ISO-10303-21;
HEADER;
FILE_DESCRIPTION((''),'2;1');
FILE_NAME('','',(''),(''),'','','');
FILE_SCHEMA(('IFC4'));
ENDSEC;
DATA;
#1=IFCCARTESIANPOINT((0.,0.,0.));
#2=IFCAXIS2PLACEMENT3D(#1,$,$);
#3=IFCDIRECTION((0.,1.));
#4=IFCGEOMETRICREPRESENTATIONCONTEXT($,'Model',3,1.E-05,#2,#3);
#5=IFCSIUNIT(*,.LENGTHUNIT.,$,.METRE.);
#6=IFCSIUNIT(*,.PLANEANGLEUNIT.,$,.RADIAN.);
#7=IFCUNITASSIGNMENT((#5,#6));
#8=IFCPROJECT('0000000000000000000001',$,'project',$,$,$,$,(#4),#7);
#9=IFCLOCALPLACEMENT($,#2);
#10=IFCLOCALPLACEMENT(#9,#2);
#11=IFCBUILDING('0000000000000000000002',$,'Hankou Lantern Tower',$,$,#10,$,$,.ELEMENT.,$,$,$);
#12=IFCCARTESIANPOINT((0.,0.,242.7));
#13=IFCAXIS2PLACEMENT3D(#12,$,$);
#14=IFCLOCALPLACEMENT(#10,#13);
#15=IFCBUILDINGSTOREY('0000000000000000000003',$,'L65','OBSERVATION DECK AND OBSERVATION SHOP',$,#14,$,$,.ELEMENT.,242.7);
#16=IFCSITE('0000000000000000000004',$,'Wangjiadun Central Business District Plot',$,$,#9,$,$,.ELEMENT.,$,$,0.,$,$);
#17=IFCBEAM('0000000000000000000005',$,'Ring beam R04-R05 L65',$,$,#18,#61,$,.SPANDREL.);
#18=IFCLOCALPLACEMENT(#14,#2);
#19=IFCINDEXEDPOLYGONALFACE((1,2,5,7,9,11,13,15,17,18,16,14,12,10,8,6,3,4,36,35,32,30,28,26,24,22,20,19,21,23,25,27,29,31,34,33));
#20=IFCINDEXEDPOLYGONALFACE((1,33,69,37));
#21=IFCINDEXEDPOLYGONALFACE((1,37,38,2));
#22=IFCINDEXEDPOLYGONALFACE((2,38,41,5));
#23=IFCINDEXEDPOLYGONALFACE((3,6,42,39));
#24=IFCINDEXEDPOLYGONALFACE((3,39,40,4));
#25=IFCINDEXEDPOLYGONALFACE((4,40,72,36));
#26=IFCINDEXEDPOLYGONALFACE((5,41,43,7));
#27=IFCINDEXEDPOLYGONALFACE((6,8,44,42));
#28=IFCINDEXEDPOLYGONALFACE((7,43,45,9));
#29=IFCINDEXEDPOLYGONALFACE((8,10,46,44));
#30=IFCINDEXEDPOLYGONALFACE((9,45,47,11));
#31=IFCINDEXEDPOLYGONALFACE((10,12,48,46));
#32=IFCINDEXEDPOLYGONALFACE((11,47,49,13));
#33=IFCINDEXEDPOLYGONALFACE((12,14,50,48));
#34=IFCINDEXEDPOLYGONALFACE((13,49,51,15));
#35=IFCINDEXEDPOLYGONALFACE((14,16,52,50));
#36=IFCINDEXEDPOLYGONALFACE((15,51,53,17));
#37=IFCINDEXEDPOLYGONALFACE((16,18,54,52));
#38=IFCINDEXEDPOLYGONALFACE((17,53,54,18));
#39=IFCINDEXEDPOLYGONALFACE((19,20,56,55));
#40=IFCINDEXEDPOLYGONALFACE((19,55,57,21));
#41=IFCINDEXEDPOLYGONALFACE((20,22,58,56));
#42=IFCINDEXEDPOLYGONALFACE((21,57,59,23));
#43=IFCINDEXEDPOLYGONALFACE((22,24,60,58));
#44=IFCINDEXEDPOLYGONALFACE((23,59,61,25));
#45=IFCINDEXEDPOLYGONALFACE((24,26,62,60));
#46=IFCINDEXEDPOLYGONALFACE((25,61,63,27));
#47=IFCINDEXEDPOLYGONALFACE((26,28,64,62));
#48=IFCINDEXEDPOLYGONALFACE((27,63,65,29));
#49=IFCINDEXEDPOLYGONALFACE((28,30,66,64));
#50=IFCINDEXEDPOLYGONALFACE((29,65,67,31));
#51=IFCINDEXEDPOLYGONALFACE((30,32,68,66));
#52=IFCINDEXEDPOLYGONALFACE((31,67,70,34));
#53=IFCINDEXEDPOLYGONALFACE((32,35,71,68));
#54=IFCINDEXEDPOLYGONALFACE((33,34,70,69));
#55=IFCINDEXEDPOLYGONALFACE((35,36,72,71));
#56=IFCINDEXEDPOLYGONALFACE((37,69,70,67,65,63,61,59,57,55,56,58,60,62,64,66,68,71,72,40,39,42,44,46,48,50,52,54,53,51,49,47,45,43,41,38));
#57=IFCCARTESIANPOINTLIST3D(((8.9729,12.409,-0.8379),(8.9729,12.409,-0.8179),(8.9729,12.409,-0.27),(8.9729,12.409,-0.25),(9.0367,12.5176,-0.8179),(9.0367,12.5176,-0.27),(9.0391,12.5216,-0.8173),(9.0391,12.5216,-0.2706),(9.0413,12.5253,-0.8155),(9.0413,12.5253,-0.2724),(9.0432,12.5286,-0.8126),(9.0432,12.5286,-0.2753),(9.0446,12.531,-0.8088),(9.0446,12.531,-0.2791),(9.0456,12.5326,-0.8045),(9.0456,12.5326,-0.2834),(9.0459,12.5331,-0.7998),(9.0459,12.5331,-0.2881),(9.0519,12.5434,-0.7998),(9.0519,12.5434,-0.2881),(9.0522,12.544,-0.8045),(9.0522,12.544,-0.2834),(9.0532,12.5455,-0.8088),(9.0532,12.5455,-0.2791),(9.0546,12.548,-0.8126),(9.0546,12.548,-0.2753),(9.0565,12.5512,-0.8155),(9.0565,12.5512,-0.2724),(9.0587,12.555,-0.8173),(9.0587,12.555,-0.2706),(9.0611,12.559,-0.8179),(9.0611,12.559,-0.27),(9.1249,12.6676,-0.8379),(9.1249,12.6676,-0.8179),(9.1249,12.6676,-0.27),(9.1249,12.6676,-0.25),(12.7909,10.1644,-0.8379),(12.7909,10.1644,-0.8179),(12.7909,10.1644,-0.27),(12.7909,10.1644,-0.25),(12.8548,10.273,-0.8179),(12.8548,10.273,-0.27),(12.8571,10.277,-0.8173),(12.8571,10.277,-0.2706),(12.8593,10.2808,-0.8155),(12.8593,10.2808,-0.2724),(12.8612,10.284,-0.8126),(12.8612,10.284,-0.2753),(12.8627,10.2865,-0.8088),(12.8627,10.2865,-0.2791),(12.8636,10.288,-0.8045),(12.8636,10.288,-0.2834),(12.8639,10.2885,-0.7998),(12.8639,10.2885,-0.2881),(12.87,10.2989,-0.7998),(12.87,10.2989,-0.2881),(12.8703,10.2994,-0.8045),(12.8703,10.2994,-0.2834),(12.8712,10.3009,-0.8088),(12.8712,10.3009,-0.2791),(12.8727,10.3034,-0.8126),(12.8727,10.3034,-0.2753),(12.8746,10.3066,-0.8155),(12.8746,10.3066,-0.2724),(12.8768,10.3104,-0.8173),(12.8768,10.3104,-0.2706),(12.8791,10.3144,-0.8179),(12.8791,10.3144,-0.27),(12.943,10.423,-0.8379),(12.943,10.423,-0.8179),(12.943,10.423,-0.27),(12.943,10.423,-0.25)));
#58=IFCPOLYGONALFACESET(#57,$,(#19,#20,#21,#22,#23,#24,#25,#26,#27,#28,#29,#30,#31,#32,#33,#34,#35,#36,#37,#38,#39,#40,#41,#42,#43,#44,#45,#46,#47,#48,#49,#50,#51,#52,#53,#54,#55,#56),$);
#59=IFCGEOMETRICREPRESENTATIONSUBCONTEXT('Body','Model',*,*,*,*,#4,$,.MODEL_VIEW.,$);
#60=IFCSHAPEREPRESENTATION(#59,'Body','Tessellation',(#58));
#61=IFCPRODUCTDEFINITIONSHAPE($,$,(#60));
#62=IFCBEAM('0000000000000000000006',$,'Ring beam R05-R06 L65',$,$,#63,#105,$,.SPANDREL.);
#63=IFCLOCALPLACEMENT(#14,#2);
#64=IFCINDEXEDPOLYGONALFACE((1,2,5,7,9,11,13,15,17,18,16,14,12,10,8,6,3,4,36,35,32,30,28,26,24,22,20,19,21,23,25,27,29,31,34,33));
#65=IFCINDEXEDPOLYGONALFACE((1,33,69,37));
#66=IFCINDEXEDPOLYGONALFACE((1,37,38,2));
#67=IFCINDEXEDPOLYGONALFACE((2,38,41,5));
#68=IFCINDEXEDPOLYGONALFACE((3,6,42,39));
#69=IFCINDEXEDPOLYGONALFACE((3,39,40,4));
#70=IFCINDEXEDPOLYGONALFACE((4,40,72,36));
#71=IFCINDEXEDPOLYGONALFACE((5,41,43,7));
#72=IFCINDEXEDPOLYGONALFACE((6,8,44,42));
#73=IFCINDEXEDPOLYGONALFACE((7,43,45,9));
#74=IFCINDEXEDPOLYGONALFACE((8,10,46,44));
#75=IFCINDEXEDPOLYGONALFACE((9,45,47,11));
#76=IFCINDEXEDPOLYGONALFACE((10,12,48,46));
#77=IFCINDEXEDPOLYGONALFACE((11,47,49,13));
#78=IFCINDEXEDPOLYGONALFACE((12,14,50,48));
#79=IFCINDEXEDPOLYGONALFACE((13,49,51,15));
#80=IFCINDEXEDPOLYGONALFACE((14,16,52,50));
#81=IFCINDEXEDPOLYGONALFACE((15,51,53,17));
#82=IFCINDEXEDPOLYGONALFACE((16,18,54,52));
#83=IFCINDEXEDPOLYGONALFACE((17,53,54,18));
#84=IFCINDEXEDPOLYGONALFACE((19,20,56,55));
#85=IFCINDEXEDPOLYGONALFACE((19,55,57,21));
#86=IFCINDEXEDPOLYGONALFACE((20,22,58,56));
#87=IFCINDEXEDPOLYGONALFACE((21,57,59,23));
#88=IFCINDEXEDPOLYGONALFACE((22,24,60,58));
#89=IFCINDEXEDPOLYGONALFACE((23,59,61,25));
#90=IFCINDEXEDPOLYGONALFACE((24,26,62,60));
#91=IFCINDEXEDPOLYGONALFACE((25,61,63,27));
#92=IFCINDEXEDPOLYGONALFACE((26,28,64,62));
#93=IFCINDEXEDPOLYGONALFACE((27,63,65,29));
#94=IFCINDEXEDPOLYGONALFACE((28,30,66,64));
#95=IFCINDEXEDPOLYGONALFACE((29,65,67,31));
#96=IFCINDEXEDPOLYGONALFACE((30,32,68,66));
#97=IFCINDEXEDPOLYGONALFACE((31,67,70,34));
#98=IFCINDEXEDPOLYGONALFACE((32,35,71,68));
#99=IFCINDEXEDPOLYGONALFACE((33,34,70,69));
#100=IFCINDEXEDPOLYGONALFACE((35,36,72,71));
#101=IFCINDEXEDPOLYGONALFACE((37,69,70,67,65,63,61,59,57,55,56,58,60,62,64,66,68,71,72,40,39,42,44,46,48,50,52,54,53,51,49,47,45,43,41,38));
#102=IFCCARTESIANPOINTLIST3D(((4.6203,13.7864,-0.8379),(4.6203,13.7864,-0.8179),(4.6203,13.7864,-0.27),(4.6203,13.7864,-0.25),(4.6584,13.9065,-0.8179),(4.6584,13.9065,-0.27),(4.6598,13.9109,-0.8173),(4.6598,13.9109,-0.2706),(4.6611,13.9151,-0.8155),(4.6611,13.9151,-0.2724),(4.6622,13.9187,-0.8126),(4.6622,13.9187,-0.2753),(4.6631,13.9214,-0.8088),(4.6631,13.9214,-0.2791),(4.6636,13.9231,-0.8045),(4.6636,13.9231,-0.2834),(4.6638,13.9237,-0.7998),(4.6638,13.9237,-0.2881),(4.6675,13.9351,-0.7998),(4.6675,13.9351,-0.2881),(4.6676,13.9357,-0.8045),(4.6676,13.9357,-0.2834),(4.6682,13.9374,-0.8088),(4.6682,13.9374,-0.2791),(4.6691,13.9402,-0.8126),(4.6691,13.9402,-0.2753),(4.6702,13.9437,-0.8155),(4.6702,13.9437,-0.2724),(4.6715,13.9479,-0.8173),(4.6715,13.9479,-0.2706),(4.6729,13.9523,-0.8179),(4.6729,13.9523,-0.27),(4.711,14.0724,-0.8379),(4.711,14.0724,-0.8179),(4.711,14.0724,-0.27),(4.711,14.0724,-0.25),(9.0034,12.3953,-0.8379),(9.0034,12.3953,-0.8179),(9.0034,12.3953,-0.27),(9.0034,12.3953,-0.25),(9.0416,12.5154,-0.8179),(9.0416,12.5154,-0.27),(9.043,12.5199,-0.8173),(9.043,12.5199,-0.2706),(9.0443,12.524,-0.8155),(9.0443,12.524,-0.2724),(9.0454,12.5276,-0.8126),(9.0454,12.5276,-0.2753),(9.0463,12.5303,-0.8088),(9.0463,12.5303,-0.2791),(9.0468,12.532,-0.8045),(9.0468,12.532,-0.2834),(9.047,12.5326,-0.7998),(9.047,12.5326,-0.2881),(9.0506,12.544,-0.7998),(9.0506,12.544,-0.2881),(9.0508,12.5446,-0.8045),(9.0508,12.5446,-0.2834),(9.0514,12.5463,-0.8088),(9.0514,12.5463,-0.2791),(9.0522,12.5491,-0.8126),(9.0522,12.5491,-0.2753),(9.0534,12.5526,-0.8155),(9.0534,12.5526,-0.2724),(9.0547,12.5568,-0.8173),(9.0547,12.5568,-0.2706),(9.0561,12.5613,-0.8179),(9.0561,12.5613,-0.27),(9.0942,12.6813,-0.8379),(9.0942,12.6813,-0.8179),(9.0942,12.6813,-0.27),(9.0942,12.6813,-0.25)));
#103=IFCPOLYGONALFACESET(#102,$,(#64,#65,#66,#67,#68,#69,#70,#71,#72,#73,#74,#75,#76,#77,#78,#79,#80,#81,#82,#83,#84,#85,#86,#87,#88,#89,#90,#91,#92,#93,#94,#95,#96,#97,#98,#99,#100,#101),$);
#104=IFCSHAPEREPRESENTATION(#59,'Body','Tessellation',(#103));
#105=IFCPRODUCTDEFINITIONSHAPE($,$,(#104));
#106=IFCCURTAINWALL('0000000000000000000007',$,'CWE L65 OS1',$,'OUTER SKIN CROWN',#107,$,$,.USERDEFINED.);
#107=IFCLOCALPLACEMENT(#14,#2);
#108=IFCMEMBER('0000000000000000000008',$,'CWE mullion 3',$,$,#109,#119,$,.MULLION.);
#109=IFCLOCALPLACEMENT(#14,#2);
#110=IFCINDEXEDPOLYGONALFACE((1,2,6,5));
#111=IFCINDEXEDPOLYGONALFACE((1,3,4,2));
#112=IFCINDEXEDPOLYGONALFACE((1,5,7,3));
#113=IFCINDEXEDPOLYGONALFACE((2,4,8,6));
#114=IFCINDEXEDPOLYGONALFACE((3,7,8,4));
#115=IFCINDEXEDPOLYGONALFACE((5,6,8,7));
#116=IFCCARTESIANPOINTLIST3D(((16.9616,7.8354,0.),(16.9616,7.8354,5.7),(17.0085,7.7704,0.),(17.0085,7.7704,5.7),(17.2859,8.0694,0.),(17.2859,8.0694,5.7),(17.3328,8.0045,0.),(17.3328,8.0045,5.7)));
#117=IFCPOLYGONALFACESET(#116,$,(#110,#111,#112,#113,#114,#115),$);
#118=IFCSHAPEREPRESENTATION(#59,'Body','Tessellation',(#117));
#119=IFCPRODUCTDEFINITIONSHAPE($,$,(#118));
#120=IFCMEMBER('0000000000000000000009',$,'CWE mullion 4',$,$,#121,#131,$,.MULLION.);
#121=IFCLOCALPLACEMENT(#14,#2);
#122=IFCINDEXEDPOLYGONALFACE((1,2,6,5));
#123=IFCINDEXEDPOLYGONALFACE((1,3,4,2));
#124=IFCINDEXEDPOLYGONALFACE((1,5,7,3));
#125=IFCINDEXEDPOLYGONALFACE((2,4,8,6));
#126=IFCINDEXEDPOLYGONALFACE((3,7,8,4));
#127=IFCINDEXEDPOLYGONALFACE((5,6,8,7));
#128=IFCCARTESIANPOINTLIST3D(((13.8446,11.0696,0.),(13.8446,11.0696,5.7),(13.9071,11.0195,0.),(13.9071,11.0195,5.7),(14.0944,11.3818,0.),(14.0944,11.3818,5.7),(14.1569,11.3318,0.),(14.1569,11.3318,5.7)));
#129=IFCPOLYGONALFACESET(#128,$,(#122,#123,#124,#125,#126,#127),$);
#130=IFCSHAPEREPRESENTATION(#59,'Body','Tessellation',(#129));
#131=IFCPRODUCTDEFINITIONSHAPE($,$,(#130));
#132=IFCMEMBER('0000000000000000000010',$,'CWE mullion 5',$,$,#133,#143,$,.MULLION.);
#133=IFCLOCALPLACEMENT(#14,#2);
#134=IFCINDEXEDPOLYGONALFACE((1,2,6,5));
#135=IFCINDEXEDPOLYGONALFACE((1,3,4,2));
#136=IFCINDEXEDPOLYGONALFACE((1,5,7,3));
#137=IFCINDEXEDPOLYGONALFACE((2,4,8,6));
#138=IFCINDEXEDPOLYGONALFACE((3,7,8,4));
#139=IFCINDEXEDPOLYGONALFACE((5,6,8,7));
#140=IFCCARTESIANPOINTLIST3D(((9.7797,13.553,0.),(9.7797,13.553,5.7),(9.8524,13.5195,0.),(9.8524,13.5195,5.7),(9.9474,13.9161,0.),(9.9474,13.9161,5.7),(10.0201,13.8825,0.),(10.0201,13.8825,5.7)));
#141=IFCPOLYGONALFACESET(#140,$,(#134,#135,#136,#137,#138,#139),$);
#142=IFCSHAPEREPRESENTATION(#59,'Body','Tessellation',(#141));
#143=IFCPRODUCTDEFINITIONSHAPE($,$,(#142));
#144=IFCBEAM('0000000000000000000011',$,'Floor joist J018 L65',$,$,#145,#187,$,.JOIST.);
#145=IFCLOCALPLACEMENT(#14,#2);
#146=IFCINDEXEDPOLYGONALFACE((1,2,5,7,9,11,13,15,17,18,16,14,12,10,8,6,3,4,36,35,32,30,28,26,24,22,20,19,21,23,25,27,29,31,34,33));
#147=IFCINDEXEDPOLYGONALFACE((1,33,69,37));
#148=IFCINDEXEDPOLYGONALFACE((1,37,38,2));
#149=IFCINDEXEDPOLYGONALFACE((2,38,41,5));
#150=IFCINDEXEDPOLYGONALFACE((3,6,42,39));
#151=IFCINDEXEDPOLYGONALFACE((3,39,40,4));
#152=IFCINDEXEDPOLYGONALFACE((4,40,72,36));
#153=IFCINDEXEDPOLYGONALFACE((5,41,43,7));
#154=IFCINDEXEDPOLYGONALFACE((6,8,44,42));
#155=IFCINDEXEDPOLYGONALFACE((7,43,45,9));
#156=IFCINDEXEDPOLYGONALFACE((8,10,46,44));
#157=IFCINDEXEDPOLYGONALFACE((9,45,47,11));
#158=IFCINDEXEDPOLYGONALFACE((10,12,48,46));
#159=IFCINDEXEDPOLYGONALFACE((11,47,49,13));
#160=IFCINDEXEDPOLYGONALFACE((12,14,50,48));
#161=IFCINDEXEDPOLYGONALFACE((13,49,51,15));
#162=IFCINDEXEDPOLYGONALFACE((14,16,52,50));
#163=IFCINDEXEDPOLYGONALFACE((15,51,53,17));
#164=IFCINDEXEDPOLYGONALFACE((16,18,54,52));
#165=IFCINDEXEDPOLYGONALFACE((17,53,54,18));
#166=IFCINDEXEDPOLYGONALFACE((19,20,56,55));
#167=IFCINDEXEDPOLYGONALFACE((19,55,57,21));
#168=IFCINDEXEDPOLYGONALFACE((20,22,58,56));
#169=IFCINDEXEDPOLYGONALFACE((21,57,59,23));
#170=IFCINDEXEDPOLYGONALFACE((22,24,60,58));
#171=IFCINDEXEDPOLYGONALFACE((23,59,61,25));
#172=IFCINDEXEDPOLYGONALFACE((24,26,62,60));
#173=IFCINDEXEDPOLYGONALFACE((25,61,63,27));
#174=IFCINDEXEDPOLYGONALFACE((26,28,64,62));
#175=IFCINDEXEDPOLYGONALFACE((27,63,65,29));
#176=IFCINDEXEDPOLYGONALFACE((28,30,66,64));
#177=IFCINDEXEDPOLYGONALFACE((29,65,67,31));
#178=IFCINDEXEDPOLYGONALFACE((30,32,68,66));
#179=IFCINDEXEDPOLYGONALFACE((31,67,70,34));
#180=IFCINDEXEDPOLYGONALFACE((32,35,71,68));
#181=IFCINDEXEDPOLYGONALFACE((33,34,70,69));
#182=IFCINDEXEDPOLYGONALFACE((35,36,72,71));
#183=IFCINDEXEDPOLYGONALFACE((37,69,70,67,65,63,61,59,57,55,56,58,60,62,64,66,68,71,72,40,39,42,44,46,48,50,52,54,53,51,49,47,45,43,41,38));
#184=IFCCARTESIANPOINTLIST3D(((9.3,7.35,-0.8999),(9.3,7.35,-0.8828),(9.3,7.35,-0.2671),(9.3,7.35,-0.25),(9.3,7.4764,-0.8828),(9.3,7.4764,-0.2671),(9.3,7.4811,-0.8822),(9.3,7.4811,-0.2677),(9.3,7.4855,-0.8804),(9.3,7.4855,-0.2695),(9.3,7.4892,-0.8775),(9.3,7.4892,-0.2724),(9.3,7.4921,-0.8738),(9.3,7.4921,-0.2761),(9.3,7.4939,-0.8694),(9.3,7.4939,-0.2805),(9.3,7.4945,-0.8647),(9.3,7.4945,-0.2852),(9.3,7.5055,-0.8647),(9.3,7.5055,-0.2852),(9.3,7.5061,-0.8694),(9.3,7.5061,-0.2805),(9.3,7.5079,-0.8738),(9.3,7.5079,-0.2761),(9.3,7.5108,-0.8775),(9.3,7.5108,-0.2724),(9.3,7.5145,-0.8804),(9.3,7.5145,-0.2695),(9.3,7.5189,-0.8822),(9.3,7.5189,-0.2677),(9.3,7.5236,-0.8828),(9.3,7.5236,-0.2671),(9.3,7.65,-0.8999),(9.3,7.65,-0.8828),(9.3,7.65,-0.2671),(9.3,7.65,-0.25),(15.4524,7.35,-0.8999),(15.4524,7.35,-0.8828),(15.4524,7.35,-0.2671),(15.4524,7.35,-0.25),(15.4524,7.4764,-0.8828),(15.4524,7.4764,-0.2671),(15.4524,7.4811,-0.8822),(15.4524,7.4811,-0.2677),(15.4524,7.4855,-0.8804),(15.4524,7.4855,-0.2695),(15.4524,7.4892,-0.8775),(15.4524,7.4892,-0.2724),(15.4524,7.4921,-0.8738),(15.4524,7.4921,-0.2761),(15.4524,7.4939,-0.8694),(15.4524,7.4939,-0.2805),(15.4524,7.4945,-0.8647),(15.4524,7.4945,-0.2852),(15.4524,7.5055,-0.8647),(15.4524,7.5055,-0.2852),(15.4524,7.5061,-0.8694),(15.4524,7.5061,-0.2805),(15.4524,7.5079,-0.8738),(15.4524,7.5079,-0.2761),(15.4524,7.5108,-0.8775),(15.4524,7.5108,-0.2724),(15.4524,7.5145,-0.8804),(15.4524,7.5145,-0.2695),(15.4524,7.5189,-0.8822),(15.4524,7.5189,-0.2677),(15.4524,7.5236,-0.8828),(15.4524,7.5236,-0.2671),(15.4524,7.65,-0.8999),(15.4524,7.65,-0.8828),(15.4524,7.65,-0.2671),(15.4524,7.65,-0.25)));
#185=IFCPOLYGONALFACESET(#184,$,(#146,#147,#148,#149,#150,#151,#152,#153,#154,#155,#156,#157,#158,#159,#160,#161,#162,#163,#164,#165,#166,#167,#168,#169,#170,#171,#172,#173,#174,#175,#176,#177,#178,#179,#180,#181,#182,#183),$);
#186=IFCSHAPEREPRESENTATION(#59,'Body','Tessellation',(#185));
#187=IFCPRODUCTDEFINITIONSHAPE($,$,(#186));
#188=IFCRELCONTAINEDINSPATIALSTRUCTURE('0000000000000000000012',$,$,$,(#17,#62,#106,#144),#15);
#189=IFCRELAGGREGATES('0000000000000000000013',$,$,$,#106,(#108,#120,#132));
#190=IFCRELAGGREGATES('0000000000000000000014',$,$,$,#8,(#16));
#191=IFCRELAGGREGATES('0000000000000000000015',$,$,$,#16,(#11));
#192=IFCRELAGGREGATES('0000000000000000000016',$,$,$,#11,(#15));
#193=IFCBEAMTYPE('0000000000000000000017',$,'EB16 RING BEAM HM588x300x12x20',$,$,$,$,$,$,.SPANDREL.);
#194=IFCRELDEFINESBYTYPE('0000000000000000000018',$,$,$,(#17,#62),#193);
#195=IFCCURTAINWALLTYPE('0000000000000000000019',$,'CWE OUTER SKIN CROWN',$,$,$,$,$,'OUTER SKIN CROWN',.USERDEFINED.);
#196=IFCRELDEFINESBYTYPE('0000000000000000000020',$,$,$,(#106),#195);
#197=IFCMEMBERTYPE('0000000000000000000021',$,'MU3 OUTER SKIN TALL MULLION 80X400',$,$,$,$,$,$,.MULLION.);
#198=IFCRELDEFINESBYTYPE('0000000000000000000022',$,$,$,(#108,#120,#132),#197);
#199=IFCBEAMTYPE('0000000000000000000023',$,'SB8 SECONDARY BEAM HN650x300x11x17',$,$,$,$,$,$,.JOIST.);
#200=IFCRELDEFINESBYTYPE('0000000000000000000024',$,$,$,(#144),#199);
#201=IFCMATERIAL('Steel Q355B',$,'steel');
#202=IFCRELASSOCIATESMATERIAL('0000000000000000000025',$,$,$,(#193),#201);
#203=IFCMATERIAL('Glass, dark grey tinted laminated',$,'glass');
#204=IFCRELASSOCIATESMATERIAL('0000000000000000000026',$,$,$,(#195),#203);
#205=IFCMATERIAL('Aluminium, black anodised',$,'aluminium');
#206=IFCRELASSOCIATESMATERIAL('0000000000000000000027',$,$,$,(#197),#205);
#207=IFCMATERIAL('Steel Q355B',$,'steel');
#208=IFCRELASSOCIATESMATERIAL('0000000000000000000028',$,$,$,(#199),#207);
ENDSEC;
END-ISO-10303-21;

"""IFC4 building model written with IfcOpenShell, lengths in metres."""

from ifc_helpers import new_model, si_unit, direction, frame, origin, origin_2d, place, context, subcontext, project, spatial, rectangle, i_section, extrude, material, material_profile, profile_set, type_object, element, aggregate, save


model = new_model("IFC4")

# Units and contexts
model_context = context("Model", 3, precision=1e-05, world=origin(), true_north=direction((0.0, 1.0)))
body_context = subcontext(model_context, "Body", "Model", "MODEL_VIEW")
ifc_project = project(units=[si_unit("LENGTHUNIT", "METRE"), si_unit("PLANEANGLEUNIT", "RADIAN")], contexts=[model_context])

# Site, building, storey
site_placement = place(None, origin())
site = spatial("IfcSite", under=ifc_project, at=site_placement, Name="Wangjiadun Central Business District Plot", CompositionType="ELEMENT", RefElevation=0.0)
building_placement = place(site_placement, origin())
building = spatial("IfcBuilding", under=site, at=building_placement, Name="Hankou Lantern Tower", CompositionType="ELEMENT")
storey_placement = place(building_placement, frame((0.0, 0.0, 242.7)))
storey = spatial("IfcBuildingStorey", under=building, at=storey_placement, Name="L65", Description="OBSERVATION DECK AND OBSERVATION SHOP", CompositionType="ELEMENT", Elevation=242.7)

# Beams
ifc_material_1 = material(Name="Steel Q355B", Category="steel")
ifc_material_profile_1 = material_profile(ifc_material_1, i_section(OverallWidth=0.3, OverallDepth=0.5879, WebThickness=0.012, FlangeThickness=0.02, FilletRadius=0.0181, at=origin_2d()), Name="HM588x300x12x20")
ifc_profile_set_1 = profile_set([ifc_material_profile_1], Name="Steel Q355B")
beam_type_1 = type_object("IfcBeamType", Name="EB16 RING BEAM HM588x300x12x20", PredefinedType="SPANDREL", material=ifc_profile_set_1)
beam_1_placement = place(storey_placement, frame((12.8669, 10.2937, -0.5439), z_axis=(-0.862065, 0.506798, 0.0), x_axis=(-0.506798, -0.862065, 0.0)))
element("IfcBeam", 1, at=beam_1_placement, inside=storey, type_object=beam_type_1, Name="Ring beam R04-R05 L65", PredefinedType="SPANDREL", context=body_context, shape_type="SweptSolid", body=[
    extrude(i_section(OverallWidth=0.3, OverallDepth=0.5879, WebThickness=0.012, FlangeThickness=0.02, FilletRadius=0.0181, at=origin_2d()), origin(), (0.0, 0.0, 1.0), 4.429),
])
beam_2_placement = place(storey_placement, frame((9.0488, 12.5383, -0.5439), z_axis=(-0.95315, 0.302498, 0.0), x_axis=(-0.302498, -0.95315, 0.0)))
element("IfcBeam", 2, at=beam_2_placement, inside=storey, type_object=beam_type_1, Name="Ring beam R05-R06 L65", PredefinedType="SPANDREL", context=body_context, shape_type="SweptSolid", body=[
    extrude(i_section(OverallWidth=0.3, OverallDepth=0.5879, WebThickness=0.012, FlangeThickness=0.02, FilletRadius=0.0181, at=origin_2d()), origin(), (0.0, 0.0, 1.0), 4.5986),
])

# Curtain wall, members
ifc_material_2 = material(Name="Glass, dark grey tinted laminated", Category="glass")
curtain_wall_type = type_object("IfcCurtainWallType", Name="CWE OUTER SKIN CROWN", ElementType="OUTER SKIN CROWN", PredefinedType="USERDEFINED", material=ifc_material_2)
curtain_wall_placement = place(storey_placement, origin())
curtain_wall = element("IfcCurtainWall", 3, at=curtain_wall_placement, inside=storey, type_object=curtain_wall_type, Name="CWE L65 OS1", ObjectType="OUTER SKIN CROWN", PredefinedType="USERDEFINED")
ifc_material_3 = material(Name="Aluminium, black anodised", Category="aluminium")
ifc_material_profile_2 = material_profile(ifc_material_3, rectangle(XDim=0.0801, YDim=0.3999, at=origin_2d()), Name="MU3 80X400")
ifc_profile_set_2 = profile_set([ifc_material_profile_2], Name="Aluminium, black anodised")
member_type_1 = type_object("IfcMemberType", Name="MU3 OUTER SKIN TALL MULLION 80X400", PredefinedType="MULLION", material=ifc_profile_set_2)
member_1_placement = place(storey_placement, frame((17.1472, 7.9199, 0.0), z_axis=(0.0, 0.0, 1.0), x_axis=(-0.585206, 0.810885, 0.0)))
member_1 = element("IfcMember", 4, at=member_1_placement, type_object=member_type_1, Name="CWE mullion 3", PredefinedType="MULLION", context=body_context, shape_type="SweptSolid", body=[
    extrude(rectangle(XDim=0.0801, YDim=0.3999, at=origin_2d()), origin(), (0.0, 0.0, 1.0), 5.7),
])
member_2_placement = place(storey_placement, frame((14.0007, 11.2007, 0.0), z_axis=(0.0, 0.0, 1.0), x_axis=(-0.780869, 0.624695, 0.0)))
member_2 = element("IfcMember", 5, at=member_2_placement, type_object=member_type_1, Name="CWE mullion 4", PredefinedType="MULLION", context=body_context, shape_type="SweptSolid", body=[
    extrude(rectangle(XDim=0.0801, YDim=0.3999, at=origin_2d()), origin(), (0.0, 0.0, 1.0), 5.7),
])
member_3_placement = place(storey_placement, frame((9.8999, 13.7178, 0.0), z_axis=(0.0, 0.0, 1.0), x_axis=(-0.907841, 0.419314, 0.0)))
member_3 = element("IfcMember", 6, at=member_3_placement, type_object=member_type_1, Name="CWE mullion 5", PredefinedType="MULLION", context=body_context, shape_type="SweptSolid", body=[
    extrude(rectangle(XDim=0.0801, YDim=0.3999, at=origin_2d()), origin(), (0.0, 0.0, 1.0), 5.7),
])

# Beam
ifc_material_4 = material(Name="Steel Q355B", Category="steel")
ifc_material_profile_3 = material_profile(ifc_material_4, i_section(OverallWidth=0.3, OverallDepth=0.6499, WebThickness=0.011, FlangeThickness=0.0171, FilletRadius=0.0181, at=origin_2d()), Name="HN650x300x11x17")
ifc_profile_set_3 = profile_set([ifc_material_profile_3], Name="Steel Q355B")
beam_type_2 = type_object("IfcBeamType", Name="SB8 SECONDARY BEAM HN650x300x11x17", PredefinedType="JOIST", material=ifc_profile_set_3)
beam_3_placement = place(storey_placement, frame((9.3, 7.5, -0.575), z_axis=(1.0, 0.0, 0.0), x_axis=(0.0, 1.0, 0.0)))
element("IfcBeam", 7, at=beam_3_placement, inside=storey, type_object=beam_type_2, Name="Floor joist J018 L65", PredefinedType="JOIST", context=body_context, shape_type="SweptSolid", body=[
    extrude(i_section(OverallWidth=0.3, OverallDepth=0.6499, WebThickness=0.011, FlangeThickness=0.0171, FilletRadius=0.0181, at=origin_2d()), origin(), (0.0, 0.0, 1.0), 6.1523),
])

aggregate(curtain_wall, [member_1, member_2, member_3])

save(model, "model.ifc")
